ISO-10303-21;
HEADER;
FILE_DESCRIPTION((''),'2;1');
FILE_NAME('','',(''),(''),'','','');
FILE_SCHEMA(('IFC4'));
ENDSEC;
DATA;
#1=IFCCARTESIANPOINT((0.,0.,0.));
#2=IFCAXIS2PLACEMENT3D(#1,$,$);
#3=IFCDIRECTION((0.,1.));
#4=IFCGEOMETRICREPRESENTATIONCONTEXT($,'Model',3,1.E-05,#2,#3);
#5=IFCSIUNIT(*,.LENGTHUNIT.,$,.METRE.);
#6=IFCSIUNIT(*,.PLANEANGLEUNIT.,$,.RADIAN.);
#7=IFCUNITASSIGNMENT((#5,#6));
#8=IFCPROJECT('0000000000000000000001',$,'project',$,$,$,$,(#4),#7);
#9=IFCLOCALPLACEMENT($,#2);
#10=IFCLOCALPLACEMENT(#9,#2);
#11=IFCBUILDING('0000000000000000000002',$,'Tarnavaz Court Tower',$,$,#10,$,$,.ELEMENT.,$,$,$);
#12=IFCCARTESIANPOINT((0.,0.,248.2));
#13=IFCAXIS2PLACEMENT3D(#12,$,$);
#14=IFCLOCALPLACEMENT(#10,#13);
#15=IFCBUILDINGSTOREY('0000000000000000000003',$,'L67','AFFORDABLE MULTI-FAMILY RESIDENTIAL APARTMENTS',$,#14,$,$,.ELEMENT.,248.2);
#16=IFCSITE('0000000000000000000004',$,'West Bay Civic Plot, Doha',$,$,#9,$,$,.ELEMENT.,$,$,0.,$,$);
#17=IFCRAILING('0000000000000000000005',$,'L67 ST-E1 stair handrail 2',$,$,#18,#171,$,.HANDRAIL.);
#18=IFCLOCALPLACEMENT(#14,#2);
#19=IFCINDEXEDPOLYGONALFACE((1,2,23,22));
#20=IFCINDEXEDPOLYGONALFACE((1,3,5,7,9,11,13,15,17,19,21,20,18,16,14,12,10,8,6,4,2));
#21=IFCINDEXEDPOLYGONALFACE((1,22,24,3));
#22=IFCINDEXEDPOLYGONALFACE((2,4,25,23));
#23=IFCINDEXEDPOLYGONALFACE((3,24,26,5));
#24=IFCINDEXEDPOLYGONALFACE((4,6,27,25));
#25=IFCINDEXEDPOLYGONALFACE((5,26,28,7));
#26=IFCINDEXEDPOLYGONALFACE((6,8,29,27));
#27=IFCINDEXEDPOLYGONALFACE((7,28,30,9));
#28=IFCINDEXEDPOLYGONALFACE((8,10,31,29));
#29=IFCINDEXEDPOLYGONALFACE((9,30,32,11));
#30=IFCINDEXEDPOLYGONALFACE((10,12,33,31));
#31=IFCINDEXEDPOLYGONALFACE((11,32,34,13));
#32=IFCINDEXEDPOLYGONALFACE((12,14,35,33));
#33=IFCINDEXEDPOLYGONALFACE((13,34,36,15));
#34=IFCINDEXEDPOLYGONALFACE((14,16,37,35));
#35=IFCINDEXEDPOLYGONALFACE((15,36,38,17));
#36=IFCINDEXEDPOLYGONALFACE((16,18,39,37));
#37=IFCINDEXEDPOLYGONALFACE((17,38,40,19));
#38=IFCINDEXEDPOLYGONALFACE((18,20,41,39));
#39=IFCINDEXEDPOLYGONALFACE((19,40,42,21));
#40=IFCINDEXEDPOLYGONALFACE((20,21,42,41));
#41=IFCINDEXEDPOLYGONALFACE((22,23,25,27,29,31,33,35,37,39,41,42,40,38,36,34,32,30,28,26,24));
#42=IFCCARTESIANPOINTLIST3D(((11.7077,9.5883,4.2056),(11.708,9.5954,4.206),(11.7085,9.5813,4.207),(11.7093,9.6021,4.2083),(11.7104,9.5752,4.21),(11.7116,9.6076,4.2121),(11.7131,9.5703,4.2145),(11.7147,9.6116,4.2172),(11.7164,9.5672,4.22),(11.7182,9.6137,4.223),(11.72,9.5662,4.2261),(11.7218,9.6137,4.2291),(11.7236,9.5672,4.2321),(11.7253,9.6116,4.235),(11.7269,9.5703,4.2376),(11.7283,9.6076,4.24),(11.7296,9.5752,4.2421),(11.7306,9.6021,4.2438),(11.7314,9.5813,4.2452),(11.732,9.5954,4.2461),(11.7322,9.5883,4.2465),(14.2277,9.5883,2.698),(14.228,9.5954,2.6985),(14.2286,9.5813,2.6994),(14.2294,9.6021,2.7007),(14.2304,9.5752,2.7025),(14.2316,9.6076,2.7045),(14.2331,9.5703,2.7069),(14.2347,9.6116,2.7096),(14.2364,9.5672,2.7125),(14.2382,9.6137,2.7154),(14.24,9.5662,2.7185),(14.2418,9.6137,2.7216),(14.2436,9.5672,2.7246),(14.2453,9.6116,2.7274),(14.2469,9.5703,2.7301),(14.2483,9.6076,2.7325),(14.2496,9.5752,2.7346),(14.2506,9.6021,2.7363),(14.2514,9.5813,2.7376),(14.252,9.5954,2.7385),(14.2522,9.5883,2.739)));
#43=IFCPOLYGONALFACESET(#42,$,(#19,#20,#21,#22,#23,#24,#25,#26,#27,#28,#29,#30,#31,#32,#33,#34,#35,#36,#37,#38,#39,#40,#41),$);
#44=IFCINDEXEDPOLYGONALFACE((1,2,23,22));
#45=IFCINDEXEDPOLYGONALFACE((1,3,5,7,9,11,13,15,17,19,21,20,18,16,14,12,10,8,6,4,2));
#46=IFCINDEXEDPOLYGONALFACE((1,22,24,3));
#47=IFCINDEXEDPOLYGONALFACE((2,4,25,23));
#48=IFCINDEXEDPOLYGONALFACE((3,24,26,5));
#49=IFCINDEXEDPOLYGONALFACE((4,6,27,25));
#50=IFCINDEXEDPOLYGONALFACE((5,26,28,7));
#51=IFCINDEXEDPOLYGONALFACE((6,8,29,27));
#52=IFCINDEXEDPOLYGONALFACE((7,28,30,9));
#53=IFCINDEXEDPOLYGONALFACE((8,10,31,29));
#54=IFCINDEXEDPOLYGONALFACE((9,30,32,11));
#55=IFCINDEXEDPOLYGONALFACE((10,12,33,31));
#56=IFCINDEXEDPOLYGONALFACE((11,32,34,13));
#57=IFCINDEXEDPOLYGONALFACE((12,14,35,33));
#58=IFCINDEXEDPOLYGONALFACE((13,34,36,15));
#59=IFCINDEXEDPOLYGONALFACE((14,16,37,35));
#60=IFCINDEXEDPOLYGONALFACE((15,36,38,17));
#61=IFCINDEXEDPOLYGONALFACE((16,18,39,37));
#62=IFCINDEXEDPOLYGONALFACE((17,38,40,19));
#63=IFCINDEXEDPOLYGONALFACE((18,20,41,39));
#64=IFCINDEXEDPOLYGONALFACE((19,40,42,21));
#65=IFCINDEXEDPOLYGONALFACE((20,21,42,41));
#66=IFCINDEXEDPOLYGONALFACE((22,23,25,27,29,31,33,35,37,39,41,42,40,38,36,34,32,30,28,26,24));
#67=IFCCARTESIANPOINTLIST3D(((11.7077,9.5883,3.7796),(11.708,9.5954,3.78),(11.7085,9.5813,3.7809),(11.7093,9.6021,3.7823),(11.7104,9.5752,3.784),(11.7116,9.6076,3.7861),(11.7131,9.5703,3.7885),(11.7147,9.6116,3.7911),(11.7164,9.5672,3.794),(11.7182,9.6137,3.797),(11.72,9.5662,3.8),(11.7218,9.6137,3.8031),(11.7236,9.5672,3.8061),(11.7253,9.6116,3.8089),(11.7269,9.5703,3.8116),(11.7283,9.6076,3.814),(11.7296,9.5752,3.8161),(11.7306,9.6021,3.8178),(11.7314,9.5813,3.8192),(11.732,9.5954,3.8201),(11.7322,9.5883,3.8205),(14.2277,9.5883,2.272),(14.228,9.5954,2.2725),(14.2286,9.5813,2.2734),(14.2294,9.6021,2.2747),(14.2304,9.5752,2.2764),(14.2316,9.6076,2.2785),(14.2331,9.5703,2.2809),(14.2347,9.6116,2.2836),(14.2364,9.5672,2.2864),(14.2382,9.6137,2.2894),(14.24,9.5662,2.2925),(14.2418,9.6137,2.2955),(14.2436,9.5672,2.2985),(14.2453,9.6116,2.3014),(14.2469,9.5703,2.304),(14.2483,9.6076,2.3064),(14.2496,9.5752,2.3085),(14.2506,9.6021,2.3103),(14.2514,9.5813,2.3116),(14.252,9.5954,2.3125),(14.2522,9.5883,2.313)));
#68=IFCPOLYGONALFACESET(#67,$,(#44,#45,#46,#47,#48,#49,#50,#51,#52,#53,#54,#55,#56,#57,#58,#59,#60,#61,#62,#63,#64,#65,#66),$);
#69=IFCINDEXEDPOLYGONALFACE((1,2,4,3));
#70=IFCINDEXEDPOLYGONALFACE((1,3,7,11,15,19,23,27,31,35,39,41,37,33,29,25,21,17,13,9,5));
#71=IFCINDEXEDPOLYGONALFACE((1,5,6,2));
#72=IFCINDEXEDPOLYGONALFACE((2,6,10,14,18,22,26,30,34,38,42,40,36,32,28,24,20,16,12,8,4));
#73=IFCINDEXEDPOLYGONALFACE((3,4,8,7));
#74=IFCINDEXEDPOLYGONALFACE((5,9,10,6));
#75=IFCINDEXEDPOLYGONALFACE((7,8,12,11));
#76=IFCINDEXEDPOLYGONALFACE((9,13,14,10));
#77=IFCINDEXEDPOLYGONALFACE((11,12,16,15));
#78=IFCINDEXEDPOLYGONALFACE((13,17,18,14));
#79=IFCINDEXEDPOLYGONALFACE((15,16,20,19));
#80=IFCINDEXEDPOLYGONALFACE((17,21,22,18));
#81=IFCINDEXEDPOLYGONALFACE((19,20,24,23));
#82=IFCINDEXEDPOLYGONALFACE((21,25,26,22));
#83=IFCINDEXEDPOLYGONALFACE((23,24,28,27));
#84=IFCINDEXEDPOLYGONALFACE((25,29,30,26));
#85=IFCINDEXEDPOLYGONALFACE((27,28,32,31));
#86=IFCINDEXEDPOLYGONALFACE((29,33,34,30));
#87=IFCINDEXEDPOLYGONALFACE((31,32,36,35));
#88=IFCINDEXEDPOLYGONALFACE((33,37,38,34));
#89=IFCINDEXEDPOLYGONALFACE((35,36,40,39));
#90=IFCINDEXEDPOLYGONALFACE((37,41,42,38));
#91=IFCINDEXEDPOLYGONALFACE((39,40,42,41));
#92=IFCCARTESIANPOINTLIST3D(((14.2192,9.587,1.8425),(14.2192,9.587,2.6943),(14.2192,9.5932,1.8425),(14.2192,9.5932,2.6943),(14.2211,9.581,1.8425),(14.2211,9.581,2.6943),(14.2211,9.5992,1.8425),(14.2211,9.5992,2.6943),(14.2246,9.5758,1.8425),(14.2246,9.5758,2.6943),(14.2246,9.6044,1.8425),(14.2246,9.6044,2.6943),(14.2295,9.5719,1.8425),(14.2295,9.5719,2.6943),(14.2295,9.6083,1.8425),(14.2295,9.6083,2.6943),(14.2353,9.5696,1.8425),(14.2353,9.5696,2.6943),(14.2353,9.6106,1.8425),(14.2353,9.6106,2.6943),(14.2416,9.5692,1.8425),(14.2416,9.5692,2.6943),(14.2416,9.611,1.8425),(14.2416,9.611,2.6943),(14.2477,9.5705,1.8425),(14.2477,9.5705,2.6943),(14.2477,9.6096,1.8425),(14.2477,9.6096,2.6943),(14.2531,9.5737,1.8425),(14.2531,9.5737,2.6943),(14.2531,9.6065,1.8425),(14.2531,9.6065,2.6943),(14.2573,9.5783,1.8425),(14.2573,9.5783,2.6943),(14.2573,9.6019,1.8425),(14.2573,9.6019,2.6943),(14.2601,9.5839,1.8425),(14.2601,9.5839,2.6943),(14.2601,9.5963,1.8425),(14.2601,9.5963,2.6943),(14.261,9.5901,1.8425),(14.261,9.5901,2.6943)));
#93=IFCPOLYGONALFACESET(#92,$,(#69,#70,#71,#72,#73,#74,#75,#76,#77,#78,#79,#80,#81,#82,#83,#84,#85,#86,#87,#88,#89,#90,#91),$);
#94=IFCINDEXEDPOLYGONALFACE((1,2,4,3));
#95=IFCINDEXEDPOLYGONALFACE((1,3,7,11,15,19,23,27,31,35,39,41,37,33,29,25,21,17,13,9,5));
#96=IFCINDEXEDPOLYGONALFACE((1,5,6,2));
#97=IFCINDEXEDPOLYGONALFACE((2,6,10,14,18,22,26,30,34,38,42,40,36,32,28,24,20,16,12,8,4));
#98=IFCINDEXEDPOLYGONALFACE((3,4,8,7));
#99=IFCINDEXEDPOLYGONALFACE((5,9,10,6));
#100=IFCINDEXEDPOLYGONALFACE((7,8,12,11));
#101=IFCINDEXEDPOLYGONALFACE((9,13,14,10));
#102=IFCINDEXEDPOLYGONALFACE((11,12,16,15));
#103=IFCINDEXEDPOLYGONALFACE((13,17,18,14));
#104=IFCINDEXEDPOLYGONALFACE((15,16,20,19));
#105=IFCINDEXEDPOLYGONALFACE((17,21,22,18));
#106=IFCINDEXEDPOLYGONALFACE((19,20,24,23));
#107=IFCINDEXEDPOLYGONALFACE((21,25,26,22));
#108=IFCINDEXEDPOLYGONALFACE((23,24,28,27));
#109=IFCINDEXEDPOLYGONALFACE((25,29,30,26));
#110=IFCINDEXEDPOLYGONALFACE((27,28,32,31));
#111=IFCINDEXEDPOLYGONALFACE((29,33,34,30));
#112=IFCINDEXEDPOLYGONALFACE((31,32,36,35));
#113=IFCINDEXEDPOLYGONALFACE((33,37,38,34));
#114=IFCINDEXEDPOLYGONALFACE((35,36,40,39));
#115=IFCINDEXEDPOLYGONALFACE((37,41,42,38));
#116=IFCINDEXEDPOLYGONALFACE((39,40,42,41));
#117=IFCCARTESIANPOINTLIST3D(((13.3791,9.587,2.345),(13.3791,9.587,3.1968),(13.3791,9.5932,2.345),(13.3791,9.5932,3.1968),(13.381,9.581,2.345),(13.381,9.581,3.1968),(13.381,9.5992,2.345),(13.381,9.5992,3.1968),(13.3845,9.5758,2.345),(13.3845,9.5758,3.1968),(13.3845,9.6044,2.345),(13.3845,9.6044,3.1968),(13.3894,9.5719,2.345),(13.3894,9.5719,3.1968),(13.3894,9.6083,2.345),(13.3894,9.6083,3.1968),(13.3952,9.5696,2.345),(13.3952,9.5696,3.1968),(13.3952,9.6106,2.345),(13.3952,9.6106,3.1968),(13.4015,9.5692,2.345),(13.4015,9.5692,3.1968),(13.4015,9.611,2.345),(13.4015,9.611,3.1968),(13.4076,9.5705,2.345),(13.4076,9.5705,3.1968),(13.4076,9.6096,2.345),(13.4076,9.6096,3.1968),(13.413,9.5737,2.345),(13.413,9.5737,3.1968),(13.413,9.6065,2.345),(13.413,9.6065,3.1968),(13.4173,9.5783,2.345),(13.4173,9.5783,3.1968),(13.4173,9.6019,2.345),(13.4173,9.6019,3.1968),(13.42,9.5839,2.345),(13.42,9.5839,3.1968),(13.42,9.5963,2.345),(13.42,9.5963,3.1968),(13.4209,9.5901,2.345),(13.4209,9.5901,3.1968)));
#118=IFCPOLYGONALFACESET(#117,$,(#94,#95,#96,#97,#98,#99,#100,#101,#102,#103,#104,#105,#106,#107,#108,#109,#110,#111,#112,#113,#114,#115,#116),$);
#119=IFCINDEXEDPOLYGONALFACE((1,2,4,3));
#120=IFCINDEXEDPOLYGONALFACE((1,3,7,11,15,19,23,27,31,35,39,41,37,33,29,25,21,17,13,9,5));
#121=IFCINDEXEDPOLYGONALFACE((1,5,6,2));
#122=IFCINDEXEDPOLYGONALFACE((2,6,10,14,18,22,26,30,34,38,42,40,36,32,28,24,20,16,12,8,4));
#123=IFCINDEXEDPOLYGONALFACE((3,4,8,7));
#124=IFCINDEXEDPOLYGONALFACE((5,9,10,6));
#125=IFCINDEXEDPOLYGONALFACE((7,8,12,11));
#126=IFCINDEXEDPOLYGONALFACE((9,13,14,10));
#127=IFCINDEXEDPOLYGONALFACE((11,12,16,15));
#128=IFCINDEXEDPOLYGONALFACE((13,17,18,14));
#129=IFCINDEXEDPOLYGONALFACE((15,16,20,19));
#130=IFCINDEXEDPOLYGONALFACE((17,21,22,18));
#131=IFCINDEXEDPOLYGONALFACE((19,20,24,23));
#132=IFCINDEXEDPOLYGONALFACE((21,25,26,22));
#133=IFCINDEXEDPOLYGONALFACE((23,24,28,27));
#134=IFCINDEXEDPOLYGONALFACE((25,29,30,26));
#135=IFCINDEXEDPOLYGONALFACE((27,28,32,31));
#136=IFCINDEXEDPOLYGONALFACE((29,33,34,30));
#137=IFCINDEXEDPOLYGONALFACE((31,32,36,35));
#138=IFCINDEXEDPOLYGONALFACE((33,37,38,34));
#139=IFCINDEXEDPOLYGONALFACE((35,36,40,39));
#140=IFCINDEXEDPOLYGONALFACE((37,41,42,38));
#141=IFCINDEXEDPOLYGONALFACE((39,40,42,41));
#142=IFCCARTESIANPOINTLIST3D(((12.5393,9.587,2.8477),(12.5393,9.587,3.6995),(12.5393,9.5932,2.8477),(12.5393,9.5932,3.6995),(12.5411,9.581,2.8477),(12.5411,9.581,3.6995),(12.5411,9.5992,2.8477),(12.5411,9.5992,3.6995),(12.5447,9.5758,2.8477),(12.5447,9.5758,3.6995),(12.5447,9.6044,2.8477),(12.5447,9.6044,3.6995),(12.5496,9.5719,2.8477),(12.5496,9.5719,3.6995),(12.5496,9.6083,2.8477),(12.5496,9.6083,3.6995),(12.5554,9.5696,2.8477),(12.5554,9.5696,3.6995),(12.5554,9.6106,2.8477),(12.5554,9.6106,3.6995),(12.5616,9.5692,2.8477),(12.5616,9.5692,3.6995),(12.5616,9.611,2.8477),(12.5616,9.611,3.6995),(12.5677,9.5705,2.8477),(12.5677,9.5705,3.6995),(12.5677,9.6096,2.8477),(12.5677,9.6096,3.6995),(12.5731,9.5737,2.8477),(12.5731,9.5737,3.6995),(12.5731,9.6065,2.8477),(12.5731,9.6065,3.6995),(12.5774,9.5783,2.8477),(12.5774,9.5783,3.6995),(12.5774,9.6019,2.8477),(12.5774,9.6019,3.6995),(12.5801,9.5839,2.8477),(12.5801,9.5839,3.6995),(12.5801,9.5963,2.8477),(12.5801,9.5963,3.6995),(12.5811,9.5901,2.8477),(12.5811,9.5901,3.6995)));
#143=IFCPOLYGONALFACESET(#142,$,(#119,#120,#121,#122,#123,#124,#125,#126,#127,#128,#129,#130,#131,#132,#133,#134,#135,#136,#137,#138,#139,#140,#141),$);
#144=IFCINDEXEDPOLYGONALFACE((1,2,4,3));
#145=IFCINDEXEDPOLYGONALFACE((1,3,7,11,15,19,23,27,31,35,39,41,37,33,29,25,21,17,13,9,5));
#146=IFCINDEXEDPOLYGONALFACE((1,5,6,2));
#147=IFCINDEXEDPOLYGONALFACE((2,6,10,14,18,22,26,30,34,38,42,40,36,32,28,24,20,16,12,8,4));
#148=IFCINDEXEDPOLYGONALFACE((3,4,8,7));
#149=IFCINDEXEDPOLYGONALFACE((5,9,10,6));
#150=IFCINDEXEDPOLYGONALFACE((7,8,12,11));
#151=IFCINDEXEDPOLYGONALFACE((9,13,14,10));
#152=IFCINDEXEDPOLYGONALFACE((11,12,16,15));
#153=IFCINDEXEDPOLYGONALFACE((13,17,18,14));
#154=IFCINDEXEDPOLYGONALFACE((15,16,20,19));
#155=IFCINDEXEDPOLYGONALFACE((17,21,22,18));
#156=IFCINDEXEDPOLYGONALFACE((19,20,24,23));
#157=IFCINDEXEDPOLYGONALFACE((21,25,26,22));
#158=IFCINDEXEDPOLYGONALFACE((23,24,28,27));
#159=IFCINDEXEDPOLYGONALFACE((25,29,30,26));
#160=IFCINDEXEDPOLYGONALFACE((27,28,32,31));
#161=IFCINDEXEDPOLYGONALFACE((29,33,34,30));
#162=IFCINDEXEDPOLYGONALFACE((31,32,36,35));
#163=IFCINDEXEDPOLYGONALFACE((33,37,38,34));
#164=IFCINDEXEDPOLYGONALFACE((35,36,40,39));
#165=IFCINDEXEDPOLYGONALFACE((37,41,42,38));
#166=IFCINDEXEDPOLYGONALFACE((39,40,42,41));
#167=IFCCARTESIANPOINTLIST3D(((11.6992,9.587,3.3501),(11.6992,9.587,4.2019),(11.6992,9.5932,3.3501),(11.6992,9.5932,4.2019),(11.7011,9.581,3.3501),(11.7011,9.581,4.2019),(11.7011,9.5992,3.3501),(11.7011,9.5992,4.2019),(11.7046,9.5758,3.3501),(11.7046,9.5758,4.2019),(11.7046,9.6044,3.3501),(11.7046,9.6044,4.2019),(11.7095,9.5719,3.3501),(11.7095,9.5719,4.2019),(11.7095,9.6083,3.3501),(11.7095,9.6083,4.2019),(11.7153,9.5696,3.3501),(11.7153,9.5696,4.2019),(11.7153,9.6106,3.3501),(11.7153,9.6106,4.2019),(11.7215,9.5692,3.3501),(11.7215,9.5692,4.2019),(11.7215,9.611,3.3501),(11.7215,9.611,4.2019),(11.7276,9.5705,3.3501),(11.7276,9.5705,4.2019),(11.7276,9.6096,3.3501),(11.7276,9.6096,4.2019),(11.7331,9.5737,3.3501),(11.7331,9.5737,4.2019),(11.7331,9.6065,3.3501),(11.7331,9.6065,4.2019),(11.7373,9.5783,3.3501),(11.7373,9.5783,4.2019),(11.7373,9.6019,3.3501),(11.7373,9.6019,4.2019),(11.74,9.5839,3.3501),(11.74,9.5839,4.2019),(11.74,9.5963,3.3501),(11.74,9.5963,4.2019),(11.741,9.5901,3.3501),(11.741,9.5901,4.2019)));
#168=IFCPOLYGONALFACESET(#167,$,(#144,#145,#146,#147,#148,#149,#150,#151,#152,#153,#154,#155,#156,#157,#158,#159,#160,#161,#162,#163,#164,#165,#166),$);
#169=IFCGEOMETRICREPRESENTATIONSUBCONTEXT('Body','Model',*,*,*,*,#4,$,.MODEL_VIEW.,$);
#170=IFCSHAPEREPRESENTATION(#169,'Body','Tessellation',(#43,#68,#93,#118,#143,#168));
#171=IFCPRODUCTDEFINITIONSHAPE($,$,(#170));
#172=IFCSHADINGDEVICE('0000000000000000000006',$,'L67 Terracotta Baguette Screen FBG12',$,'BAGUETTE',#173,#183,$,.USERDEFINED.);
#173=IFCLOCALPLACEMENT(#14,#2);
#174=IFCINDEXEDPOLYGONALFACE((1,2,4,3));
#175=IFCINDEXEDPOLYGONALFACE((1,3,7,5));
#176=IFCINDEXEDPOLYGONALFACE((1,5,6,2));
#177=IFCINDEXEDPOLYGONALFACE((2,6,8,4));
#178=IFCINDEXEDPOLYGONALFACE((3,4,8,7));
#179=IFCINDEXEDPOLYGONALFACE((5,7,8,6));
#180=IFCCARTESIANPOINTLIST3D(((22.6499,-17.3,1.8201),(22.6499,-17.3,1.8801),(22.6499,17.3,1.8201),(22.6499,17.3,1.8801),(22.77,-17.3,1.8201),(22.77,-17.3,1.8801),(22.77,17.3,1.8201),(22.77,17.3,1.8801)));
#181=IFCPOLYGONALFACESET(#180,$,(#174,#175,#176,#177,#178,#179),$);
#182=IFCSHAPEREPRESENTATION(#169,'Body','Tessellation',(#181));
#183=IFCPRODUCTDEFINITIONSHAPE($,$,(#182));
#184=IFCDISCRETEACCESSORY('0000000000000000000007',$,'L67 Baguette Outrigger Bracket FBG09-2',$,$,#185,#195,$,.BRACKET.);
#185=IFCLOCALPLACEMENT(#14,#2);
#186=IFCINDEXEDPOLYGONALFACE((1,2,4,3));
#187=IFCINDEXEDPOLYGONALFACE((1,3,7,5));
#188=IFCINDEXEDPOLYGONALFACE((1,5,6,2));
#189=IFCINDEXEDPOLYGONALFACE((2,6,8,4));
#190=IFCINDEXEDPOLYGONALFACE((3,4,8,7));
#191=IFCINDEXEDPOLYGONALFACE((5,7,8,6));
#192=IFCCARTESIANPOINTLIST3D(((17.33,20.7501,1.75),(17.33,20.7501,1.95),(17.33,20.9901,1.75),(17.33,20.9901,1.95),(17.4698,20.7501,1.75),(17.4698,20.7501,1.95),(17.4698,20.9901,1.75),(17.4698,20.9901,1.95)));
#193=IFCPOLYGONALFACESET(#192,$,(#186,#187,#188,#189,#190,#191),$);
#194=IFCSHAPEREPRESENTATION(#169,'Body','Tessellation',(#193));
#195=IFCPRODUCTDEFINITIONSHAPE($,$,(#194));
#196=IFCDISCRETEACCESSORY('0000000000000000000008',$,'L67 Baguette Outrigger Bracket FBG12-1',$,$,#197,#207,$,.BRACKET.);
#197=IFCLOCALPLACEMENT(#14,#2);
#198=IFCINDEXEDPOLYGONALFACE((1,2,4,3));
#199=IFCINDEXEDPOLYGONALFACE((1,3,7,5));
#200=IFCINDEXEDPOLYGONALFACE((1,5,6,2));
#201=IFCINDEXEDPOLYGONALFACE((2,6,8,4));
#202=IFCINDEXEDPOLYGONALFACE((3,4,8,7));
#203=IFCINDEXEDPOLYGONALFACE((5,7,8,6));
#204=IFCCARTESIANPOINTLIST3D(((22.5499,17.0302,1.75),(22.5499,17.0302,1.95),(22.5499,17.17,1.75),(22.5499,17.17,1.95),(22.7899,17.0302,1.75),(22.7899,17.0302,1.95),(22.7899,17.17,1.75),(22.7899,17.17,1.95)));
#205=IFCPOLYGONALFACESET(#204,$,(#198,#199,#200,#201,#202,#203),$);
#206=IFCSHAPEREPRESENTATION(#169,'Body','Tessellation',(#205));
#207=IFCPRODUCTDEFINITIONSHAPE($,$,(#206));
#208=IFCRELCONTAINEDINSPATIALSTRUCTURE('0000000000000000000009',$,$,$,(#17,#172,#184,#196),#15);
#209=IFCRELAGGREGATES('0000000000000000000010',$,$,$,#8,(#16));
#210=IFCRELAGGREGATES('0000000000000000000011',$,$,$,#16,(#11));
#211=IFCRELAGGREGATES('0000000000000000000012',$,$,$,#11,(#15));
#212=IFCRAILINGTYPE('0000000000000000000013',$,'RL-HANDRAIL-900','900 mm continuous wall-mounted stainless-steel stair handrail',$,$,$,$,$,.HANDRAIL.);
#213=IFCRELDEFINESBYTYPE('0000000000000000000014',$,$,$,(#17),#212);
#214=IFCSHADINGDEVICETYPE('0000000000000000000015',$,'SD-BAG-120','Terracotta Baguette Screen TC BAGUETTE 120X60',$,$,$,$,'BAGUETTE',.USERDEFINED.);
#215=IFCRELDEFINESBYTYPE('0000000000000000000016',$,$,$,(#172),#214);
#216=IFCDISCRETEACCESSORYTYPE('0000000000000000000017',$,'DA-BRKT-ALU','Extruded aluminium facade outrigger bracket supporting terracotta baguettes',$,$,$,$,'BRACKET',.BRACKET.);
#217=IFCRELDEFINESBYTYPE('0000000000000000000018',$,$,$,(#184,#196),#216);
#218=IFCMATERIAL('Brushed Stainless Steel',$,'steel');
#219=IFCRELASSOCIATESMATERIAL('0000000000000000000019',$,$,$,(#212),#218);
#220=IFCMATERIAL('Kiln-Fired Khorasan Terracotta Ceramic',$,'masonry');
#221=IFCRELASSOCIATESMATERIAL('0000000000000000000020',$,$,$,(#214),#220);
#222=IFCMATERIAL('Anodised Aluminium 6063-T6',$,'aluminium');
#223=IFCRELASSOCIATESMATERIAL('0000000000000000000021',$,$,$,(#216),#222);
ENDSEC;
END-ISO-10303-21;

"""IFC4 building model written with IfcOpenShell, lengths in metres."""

from ifc_helpers import new_model, si_unit, direction, frame, origin, origin_2d, place, context, subcontext, project, spatial, rectangle, circle, extrude, material, material_profile, profile_set, type_object, element, save


model = new_model("IFC4")

# Units and contexts
model_context = context("Model", 3, precision=1e-05, world=origin(), true_north=direction((0.0, 1.0)))
body_context = subcontext(model_context, "Body", "Model", "MODEL_VIEW")
ifc_project = project(units=[si_unit("LENGTHUNIT", "METRE"), si_unit("PLANEANGLEUNIT", "RADIAN")], contexts=[model_context])

# Site, building, storey
site_placement = place(None, origin())
site = spatial("IfcSite", under=ifc_project, at=site_placement, Name="West Bay Civic Plot, Doha", CompositionType="ELEMENT", RefElevation=0.0)
building_placement = place(site_placement, origin())
building = spatial("IfcBuilding", under=site, at=building_placement, Name="Tarnavaz Court Tower", CompositionType="ELEMENT")
storey_placement = place(building_placement, frame((0.0, 0.0, 248.2)))
storey = spatial("IfcBuildingStorey", under=building, at=storey_placement, Name="L67", Description="AFFORDABLE MULTI-FAMILY RESIDENTIAL APARTMENTS", CompositionType="ELEMENT", Elevation=248.2)

# Railing
ifc_material_1 = material(Name="Brushed Stainless Steel", Category="steel")
railing_type = type_object("IfcRailingType", Name="RL-HANDRAIL-900", Description="900 mm continuous wall-mounted stainless-steel stair handrail", PredefinedType="HANDRAIL", material=ifc_material_1)
railing_placement = place(storey_placement, frame((14.24, 9.5901, 1.8425)))
element("IfcRailing", 1, at=railing_placement, inside=storey, type_object=railing_type, Name="L67 ST-E1 stair handrail 2", PredefinedType="HANDRAIL", context=body_context, shape_type="SweptSolid", body=[
    extrude(circle(Radius=0.0239, at=origin_2d()), frame((0.0, 0.0, 0.876), z_axis=(-0.85816, 0.0, 0.513383), x_axis=(0.0, -1.0, 0.0)), (0.0, 0.0, 1.0), 2.9365),
    extrude(circle(Radius=0.0239, at=origin_2d()), frame((0.0, 0.0, 0.45), z_axis=(-0.85816, 0.0, 0.513383), x_axis=(0.0, -1.0, 0.0)), (0.0, 0.0, 1.0), 2.9365),
    extrude(circle(Radius=0.021, at=origin_2d()), origin(), (0.0, 0.0, 1.0), 0.8518),
    extrude(circle(Radius=0.021, at=origin_2d()), frame((-0.8401, 0.0, 0.5024)), (0.0, 0.0, 1.0), 0.8518),
    extrude(circle(Radius=0.021, at=origin_2d()), frame((-1.6799, 0.0, 1.0051)), (0.0, 0.0, 1.0), 0.8518),
    extrude(circle(Radius=0.021, at=origin_2d()), frame((-2.52, 0.0, 1.5076)), (0.0, 0.0, 1.0), 0.8518),
])

# Shading device
ifc_material_2 = material(Name="Kiln-Fired Khorasan Terracotta Ceramic", Category="masonry")
ifc_material_profile_1 = material_profile(ifc_material_2, rectangle(XDim=0.1201, YDim=0.0601, at=origin_2d()), Name="TC BAGUETTE 120X60")
ifc_profile_set_1 = profile_set([ifc_material_profile_1], Name="Kiln-Fired Khorasan Terracotta Ceramic")
shading_device_type = type_object("IfcShadingDeviceType", Name="SD-BAG-120", Description="Terracotta Baguette Screen TC BAGUETTE 120X60", ElementType="BAGUETTE", PredefinedType="USERDEFINED", material=ifc_profile_set_1)
shading_device_placement = place(storey_placement, frame((22.71, 17.3, 1.8501), z_axis=(0.0, -1.0, 0.0), x_axis=(1.0, 0.0, 0.0)))
element("IfcShadingDevice", 2, at=shading_device_placement, inside=storey, type_object=shading_device_type, Name="L67 Terracotta Baguette Screen FBG12", ObjectType="BAGUETTE", PredefinedType="USERDEFINED", context=body_context, shape_type="SweptSolid", body=[
    extrude(rectangle(XDim=0.1201, YDim=0.0601, at=origin_2d()), origin(), (0.0, 0.0, 1.0), 34.6001),
])

# Discrete accessories
ifc_material_3 = material(Name="Anodised Aluminium 6063-T6", Category="aluminium")
discrete_accessory_type = type_object("IfcDiscreteAccessoryType", Name="DA-BRKT-ALU", Description="Extruded aluminium facade outrigger bracket supporting terracotta baguettes", ElementType="BRACKET", PredefinedType="BRACKET", material=ifc_material_3)
for number, where, z_axis, x_axis, name in (
    (3, (17.3999, 20.8701, 1.75), (0.0, 0.0, 1.0), (1.0, 0.0, 0.0), "L67 Baguette Outrigger Bracket FBG09-2"),
    (4, (22.6699, 17.1001, 1.75), (0.0, 0.0, 1.0), (0.0, -1.0, 0.0), "L67 Baguette Outrigger Bracket FBG12-1"),
):
    element("IfcDiscreteAccessory", number, at=place(storey_placement, frame(where, z_axis=z_axis, x_axis=x_axis)), inside=storey, type_object=discrete_accessory_type, Name=name, PredefinedType="BRACKET", context=body_context, shape_type="SweptSolid", body=[
        extrude(rectangle(XDim=0.1399, YDim=0.24, at=origin_2d()), origin(), (0.0, 0.0, 1.0), 0.2),
    ])

save(model, "model.ifc")
